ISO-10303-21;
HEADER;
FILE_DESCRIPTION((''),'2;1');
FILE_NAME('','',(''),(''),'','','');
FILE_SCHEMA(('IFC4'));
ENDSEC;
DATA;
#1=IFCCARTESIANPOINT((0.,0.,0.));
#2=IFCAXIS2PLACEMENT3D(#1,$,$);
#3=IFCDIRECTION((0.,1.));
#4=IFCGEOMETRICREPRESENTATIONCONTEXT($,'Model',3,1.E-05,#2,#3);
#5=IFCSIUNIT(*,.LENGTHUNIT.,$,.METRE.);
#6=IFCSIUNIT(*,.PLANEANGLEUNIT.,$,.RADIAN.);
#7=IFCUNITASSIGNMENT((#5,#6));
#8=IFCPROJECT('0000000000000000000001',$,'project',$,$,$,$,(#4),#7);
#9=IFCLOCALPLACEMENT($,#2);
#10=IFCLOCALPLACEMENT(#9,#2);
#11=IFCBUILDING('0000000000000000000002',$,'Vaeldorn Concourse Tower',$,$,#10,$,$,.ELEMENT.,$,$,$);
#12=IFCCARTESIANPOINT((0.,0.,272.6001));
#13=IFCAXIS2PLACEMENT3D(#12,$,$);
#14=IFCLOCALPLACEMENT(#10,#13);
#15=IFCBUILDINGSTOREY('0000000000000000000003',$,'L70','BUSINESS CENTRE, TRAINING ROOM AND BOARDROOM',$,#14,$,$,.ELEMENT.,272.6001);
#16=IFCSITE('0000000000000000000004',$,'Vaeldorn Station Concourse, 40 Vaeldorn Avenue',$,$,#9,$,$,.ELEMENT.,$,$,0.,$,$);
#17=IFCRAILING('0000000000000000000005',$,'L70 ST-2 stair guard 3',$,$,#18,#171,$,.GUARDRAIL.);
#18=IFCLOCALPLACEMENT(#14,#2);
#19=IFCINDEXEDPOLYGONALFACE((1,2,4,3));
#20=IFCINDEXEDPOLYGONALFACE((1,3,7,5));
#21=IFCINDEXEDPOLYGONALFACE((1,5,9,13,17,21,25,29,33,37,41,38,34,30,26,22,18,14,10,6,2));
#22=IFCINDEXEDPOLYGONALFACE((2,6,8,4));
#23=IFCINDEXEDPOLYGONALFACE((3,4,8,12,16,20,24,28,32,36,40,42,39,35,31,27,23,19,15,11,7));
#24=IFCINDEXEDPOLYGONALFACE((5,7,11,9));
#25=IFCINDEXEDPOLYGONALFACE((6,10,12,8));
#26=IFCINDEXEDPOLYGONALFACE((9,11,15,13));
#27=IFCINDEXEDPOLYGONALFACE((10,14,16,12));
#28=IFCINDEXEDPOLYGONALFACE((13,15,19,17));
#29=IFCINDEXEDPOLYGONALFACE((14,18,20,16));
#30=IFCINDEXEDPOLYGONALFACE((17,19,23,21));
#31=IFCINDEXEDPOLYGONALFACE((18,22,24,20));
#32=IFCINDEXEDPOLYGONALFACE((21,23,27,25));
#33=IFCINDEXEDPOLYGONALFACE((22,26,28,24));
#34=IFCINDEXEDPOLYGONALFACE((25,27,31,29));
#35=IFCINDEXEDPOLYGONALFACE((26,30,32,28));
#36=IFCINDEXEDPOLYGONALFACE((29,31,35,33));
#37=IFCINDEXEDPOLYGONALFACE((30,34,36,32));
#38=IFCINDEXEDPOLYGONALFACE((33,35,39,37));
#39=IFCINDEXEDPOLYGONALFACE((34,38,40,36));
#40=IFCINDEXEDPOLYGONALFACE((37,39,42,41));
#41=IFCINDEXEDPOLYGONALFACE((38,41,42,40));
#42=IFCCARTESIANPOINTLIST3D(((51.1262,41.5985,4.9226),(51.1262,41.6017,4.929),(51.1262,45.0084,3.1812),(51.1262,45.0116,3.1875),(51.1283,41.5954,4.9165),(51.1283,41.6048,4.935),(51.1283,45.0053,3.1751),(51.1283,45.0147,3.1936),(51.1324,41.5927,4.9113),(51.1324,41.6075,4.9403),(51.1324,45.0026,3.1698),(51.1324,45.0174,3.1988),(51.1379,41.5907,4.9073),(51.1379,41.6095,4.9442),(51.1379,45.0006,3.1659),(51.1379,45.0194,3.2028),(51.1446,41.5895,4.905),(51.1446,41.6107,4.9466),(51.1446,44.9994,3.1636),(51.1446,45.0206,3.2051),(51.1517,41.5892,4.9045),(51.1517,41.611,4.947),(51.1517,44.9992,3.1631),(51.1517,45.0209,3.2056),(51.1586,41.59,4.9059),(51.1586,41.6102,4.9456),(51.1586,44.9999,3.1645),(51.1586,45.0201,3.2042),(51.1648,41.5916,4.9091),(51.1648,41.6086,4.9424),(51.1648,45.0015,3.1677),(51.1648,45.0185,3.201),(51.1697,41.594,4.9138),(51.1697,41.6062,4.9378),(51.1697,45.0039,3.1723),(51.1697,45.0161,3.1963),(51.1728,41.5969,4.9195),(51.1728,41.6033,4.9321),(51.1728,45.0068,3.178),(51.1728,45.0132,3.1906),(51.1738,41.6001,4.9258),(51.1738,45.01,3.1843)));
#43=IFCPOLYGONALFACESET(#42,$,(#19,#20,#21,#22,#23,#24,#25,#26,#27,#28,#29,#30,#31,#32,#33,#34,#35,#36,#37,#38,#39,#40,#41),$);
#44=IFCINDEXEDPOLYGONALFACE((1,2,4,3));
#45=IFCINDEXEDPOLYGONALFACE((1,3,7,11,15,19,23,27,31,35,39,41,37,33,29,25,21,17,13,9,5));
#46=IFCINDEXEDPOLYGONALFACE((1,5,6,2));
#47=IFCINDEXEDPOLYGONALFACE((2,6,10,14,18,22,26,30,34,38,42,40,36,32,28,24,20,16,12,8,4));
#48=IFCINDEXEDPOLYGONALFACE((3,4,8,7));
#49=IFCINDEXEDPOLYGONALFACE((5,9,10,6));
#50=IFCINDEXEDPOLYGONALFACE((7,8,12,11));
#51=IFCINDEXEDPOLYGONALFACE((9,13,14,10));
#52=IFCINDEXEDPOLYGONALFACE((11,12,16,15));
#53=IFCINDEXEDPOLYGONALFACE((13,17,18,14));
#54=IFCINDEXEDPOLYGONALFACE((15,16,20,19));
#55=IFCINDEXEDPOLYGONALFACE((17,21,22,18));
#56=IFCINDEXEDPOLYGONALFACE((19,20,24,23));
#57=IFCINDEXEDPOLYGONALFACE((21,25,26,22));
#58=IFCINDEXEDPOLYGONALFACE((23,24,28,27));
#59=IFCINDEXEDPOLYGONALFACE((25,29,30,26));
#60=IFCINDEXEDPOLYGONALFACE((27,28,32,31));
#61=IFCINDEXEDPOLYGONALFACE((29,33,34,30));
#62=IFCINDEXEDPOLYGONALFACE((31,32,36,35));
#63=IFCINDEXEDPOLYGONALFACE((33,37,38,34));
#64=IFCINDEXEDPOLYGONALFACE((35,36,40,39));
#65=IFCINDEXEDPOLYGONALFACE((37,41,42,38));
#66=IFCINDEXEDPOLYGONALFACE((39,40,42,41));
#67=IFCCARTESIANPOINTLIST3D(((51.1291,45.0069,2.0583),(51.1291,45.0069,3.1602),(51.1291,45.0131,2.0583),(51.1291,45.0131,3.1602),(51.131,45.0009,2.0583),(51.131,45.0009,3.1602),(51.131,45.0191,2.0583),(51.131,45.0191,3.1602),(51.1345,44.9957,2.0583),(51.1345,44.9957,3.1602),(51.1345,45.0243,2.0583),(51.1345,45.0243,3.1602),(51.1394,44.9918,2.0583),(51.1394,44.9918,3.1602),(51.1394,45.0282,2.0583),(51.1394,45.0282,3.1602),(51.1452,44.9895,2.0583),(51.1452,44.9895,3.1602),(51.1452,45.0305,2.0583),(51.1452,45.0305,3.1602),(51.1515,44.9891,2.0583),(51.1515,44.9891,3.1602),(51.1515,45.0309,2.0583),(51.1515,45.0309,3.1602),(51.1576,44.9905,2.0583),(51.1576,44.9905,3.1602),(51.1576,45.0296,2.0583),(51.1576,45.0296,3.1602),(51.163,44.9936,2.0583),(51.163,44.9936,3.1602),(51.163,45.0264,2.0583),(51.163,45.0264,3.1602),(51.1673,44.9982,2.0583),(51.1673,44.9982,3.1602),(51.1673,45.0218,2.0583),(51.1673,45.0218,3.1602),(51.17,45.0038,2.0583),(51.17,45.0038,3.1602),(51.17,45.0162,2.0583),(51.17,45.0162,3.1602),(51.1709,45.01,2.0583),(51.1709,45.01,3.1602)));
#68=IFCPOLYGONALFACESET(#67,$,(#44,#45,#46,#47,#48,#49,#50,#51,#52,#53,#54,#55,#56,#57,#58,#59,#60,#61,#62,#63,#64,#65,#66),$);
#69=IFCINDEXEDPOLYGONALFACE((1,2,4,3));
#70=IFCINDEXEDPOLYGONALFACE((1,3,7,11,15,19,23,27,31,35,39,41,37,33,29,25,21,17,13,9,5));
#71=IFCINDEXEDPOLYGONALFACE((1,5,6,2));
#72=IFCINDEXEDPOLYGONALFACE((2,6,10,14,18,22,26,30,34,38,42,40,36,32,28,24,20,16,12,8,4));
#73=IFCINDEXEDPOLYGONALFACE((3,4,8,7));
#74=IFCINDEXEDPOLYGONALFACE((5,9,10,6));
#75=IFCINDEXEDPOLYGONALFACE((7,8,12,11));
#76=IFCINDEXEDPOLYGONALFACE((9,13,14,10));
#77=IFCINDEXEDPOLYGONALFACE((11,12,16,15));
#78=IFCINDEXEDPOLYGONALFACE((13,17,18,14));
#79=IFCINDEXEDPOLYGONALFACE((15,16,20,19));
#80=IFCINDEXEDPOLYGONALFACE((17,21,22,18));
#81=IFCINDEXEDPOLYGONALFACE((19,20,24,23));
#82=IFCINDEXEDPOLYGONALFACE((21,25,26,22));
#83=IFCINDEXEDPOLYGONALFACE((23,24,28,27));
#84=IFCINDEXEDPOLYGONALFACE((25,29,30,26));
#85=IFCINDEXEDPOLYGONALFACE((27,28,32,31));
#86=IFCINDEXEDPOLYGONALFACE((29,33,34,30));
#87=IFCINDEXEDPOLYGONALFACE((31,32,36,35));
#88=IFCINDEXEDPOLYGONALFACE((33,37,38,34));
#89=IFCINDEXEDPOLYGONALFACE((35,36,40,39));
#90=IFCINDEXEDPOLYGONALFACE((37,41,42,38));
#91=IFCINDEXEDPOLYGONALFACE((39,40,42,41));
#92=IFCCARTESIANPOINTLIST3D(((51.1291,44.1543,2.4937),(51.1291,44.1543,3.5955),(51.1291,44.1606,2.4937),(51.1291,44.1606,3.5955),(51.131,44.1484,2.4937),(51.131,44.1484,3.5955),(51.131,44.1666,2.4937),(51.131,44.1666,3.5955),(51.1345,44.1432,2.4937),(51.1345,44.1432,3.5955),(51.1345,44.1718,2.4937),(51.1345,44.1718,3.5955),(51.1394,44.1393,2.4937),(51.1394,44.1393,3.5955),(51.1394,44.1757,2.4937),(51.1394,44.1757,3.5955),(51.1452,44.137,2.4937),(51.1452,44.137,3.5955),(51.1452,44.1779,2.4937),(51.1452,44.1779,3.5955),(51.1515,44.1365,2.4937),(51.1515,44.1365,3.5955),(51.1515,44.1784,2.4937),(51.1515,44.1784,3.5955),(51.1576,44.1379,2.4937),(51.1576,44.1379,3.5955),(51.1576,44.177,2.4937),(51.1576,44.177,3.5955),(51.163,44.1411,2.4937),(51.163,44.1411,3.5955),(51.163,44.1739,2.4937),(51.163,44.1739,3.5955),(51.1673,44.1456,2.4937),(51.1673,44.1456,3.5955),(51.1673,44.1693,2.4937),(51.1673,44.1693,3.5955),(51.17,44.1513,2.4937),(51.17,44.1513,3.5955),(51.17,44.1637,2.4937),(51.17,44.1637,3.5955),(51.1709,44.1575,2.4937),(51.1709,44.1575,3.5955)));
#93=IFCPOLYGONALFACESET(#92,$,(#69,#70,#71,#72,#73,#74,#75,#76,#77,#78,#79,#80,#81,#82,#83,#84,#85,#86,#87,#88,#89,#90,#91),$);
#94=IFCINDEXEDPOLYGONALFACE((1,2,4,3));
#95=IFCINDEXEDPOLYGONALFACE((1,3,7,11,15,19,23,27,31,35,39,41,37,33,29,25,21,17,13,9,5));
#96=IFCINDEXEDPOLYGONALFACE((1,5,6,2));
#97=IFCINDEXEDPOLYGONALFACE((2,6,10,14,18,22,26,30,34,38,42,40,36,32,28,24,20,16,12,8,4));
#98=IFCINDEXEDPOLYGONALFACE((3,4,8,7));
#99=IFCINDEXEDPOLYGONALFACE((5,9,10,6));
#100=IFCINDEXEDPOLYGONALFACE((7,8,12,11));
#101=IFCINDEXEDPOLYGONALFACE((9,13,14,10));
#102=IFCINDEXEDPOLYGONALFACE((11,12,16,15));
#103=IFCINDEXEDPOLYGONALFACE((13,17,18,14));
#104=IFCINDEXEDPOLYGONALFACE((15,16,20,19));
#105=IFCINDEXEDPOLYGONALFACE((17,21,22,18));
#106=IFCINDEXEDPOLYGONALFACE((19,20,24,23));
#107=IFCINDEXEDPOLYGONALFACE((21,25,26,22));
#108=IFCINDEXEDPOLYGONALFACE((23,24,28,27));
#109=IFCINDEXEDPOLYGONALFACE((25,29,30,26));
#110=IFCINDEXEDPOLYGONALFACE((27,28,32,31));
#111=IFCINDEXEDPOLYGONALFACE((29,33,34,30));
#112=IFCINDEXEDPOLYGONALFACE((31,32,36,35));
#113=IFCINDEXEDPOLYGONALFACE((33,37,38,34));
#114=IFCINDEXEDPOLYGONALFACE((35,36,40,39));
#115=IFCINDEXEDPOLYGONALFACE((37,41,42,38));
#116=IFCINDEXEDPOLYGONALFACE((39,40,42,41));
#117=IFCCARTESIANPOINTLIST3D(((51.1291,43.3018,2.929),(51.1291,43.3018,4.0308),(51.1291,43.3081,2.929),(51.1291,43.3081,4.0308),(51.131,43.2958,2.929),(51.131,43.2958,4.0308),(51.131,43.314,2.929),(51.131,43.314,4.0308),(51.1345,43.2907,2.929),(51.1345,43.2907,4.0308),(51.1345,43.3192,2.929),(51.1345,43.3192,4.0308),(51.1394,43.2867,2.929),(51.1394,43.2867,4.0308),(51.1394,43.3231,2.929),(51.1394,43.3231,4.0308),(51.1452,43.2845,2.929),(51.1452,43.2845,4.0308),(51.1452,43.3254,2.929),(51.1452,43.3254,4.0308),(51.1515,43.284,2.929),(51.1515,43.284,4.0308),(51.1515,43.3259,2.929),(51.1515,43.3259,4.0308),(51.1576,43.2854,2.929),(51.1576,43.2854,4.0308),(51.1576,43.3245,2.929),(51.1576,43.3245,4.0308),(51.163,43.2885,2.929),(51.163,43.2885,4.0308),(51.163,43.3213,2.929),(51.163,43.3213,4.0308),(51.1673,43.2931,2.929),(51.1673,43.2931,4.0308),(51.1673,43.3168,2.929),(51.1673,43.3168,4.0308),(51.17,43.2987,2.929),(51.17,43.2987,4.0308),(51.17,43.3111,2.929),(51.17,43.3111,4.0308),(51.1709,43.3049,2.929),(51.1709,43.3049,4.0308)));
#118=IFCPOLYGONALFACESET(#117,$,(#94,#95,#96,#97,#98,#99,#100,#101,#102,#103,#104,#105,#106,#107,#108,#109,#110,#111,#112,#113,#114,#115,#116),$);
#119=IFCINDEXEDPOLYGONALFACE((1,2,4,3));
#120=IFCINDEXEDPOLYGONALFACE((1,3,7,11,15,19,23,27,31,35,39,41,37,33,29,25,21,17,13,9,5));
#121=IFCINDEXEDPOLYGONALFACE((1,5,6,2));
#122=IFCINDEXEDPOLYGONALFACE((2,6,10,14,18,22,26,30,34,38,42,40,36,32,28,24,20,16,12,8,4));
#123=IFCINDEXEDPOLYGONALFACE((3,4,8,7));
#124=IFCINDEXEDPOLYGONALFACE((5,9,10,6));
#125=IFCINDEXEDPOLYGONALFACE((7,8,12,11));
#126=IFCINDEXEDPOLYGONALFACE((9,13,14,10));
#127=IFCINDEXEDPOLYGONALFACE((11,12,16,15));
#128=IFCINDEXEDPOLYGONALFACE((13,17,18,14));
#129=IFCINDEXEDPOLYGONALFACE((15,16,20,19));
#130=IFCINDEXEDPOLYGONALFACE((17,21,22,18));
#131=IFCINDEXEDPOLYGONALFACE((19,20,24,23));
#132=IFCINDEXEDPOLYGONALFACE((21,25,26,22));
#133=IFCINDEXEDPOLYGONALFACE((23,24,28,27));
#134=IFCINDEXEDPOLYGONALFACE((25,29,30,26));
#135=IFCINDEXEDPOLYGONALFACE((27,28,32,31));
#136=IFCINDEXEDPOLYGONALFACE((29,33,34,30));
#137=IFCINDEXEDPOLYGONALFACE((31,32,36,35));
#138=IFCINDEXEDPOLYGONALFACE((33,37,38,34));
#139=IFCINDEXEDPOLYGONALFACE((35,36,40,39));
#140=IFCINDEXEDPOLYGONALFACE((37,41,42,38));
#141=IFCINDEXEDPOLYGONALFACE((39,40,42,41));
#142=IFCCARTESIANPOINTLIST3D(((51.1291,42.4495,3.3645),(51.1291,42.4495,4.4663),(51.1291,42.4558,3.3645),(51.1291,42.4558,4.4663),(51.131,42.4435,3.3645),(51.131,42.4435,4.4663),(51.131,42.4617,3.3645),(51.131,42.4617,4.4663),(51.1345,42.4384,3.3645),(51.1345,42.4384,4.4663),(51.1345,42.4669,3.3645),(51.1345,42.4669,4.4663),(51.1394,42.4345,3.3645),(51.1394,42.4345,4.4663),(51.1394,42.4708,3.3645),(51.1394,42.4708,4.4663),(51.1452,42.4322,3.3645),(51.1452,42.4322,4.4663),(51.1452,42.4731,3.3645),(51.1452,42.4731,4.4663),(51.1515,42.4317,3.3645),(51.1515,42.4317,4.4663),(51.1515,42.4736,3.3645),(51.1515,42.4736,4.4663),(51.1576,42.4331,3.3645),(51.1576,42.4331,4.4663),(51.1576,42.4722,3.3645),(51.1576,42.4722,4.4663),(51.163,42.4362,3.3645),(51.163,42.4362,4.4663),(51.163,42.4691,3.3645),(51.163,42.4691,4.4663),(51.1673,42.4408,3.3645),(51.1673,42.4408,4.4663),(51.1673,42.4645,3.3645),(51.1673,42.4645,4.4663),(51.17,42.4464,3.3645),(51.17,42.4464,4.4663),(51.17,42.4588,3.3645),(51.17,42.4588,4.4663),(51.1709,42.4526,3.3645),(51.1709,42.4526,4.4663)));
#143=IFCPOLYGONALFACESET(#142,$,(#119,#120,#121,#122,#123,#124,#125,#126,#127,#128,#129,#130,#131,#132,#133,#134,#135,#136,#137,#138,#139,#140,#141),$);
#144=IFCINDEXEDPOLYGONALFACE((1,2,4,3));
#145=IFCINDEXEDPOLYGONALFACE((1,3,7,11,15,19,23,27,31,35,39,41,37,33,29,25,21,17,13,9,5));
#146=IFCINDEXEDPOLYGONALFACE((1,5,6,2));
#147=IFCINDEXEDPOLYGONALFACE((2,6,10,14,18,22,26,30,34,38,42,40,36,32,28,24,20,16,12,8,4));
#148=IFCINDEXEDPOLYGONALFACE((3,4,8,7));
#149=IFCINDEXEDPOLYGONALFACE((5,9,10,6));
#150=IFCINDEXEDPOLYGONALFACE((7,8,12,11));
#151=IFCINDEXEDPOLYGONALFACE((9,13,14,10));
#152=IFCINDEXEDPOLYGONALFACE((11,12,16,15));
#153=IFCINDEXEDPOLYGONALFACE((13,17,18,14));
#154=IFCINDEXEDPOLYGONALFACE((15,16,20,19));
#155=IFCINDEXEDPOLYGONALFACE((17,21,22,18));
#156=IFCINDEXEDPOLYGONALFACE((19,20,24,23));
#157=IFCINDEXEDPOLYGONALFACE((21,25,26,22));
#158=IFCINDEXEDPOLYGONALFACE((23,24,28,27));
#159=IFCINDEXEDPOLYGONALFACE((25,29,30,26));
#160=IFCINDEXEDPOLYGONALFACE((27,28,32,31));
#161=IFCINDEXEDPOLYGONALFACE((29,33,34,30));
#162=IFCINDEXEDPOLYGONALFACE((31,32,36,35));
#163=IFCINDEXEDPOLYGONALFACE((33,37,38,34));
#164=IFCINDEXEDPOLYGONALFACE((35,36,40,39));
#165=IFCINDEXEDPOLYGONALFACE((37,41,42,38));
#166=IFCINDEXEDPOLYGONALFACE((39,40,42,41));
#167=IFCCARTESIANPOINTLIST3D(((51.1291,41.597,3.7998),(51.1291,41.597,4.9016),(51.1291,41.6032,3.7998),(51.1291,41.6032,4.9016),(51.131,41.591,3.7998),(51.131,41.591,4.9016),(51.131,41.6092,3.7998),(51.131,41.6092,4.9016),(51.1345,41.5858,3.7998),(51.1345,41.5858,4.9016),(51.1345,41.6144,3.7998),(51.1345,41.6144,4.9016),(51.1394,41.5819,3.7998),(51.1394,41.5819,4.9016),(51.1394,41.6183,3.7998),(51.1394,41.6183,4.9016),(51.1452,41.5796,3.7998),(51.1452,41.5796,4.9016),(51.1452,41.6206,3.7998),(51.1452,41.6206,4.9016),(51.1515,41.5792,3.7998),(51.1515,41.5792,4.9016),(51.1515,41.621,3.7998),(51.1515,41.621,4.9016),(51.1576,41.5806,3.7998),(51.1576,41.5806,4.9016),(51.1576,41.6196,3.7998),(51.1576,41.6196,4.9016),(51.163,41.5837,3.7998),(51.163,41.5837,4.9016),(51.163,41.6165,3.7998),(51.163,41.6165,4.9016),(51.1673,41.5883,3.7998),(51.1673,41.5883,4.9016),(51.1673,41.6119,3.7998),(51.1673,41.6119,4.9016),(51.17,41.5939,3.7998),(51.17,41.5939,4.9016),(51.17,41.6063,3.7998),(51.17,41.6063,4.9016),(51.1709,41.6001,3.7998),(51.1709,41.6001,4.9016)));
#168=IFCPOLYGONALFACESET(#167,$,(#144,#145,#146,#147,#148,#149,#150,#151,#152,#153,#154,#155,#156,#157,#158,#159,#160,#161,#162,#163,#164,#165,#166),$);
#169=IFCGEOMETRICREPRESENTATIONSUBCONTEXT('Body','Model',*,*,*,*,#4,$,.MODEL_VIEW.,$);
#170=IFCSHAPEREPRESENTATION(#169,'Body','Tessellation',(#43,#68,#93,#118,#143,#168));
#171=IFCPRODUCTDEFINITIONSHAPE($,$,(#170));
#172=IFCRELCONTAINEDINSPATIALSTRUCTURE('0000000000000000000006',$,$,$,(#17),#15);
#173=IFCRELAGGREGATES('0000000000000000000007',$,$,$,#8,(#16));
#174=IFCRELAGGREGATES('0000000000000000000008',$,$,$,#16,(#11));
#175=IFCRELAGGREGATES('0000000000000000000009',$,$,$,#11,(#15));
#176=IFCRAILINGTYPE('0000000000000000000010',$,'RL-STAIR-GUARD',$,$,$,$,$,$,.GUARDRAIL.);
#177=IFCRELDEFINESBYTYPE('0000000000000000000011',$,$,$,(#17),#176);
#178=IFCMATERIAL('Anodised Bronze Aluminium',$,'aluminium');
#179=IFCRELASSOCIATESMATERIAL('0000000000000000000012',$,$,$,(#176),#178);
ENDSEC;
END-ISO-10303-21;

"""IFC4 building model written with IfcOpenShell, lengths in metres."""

from ifc_helpers import new_model, si_unit, direction, frame, origin, origin_2d, place, context, subcontext, project, spatial, circle, extrude, material, type_object, element, save


model = new_model("IFC4")

# Units and contexts
model_context = context("Model", 3, precision=1e-05, world=origin(), true_north=direction((0.0, 1.0)))
body_context = subcontext(model_context, "Body", "Model", "MODEL_VIEW")
ifc_project = project(units=[si_unit("LENGTHUNIT", "METRE"), si_unit("PLANEANGLEUNIT", "RADIAN")], contexts=[model_context])

# Site, building, storey
site_placement = place(None, origin())
site = spatial("IfcSite", under=ifc_project, at=site_placement, Name="Vaeldorn Station Concourse, 40 Vaeldorn Avenue", CompositionType="ELEMENT", RefElevation=0.0)
building_placement = place(site_placement, origin())
building = spatial("IfcBuilding", under=site, at=building_placement, Name="Vaeldorn Concourse Tower", CompositionType="ELEMENT")
storey_placement = place(building_placement, frame((0.0, 0.0, 272.6001)))
storey = spatial("IfcBuildingStorey", under=building, at=storey_placement, Name="L70", Description="BUSINESS CENTRE, TRAINING ROOM AND BOARDROOM", CompositionType="ELEMENT", Elevation=272.6001)

# Shared definitions
ifc_material_1 = material(Name="Anodised Bronze Aluminium", Category="aluminium")

# Railing
railing_type_1 = type_object("IfcRailingType", Name="RL-STAIR-GUARD", PredefinedType="GUARDRAIL", material=ifc_material_1)
railing_1_placement = place(storey_placement, frame((51.1499, 45.01, 2.0583)))
element("IfcRailing", 1, at=railing_1_placement, inside=storey, type_object=railing_type_1, Name="L70 ST-2 stair guard 3", PredefinedType="GUARDRAIL", context=body_context, shape_type="SweptSolid", body=[
    extrude(circle(Radius=0.0239, at=origin_2d()), frame((0.0, 0.0, 1.126), z_axis=(0.0, -0.890582, 0.454823), x_axis=(1.0, 0.0, 0.0)), (0.0, 0.0, 1.0), 3.8289),
    extrude(circle(Radius=0.021, at=origin_2d()), origin(), (0.0, 0.0, 1.0), 1.1018),
    extrude(circle(Radius=0.021, at=origin_2d()), frame((0.0, -0.8525, 0.4353)), (0.0, 0.0, 1.0), 1.1018),
    extrude(circle(Radius=0.021, at=origin_2d()), frame((0.0, -1.7051, 0.8706)), (0.0, 0.0, 1.0), 1.1018),
    extrude(circle(Radius=0.021, at=origin_2d()), frame((0.0, -2.5574, 1.3062)), (0.0, 0.0, 1.0), 1.1018),
    extrude(circle(Radius=0.021, at=origin_2d()), frame((0.0, -3.4099, 1.7415)), (0.0, 0.0, 1.0), 1.1018),
])

save(model, "model.ifc")
